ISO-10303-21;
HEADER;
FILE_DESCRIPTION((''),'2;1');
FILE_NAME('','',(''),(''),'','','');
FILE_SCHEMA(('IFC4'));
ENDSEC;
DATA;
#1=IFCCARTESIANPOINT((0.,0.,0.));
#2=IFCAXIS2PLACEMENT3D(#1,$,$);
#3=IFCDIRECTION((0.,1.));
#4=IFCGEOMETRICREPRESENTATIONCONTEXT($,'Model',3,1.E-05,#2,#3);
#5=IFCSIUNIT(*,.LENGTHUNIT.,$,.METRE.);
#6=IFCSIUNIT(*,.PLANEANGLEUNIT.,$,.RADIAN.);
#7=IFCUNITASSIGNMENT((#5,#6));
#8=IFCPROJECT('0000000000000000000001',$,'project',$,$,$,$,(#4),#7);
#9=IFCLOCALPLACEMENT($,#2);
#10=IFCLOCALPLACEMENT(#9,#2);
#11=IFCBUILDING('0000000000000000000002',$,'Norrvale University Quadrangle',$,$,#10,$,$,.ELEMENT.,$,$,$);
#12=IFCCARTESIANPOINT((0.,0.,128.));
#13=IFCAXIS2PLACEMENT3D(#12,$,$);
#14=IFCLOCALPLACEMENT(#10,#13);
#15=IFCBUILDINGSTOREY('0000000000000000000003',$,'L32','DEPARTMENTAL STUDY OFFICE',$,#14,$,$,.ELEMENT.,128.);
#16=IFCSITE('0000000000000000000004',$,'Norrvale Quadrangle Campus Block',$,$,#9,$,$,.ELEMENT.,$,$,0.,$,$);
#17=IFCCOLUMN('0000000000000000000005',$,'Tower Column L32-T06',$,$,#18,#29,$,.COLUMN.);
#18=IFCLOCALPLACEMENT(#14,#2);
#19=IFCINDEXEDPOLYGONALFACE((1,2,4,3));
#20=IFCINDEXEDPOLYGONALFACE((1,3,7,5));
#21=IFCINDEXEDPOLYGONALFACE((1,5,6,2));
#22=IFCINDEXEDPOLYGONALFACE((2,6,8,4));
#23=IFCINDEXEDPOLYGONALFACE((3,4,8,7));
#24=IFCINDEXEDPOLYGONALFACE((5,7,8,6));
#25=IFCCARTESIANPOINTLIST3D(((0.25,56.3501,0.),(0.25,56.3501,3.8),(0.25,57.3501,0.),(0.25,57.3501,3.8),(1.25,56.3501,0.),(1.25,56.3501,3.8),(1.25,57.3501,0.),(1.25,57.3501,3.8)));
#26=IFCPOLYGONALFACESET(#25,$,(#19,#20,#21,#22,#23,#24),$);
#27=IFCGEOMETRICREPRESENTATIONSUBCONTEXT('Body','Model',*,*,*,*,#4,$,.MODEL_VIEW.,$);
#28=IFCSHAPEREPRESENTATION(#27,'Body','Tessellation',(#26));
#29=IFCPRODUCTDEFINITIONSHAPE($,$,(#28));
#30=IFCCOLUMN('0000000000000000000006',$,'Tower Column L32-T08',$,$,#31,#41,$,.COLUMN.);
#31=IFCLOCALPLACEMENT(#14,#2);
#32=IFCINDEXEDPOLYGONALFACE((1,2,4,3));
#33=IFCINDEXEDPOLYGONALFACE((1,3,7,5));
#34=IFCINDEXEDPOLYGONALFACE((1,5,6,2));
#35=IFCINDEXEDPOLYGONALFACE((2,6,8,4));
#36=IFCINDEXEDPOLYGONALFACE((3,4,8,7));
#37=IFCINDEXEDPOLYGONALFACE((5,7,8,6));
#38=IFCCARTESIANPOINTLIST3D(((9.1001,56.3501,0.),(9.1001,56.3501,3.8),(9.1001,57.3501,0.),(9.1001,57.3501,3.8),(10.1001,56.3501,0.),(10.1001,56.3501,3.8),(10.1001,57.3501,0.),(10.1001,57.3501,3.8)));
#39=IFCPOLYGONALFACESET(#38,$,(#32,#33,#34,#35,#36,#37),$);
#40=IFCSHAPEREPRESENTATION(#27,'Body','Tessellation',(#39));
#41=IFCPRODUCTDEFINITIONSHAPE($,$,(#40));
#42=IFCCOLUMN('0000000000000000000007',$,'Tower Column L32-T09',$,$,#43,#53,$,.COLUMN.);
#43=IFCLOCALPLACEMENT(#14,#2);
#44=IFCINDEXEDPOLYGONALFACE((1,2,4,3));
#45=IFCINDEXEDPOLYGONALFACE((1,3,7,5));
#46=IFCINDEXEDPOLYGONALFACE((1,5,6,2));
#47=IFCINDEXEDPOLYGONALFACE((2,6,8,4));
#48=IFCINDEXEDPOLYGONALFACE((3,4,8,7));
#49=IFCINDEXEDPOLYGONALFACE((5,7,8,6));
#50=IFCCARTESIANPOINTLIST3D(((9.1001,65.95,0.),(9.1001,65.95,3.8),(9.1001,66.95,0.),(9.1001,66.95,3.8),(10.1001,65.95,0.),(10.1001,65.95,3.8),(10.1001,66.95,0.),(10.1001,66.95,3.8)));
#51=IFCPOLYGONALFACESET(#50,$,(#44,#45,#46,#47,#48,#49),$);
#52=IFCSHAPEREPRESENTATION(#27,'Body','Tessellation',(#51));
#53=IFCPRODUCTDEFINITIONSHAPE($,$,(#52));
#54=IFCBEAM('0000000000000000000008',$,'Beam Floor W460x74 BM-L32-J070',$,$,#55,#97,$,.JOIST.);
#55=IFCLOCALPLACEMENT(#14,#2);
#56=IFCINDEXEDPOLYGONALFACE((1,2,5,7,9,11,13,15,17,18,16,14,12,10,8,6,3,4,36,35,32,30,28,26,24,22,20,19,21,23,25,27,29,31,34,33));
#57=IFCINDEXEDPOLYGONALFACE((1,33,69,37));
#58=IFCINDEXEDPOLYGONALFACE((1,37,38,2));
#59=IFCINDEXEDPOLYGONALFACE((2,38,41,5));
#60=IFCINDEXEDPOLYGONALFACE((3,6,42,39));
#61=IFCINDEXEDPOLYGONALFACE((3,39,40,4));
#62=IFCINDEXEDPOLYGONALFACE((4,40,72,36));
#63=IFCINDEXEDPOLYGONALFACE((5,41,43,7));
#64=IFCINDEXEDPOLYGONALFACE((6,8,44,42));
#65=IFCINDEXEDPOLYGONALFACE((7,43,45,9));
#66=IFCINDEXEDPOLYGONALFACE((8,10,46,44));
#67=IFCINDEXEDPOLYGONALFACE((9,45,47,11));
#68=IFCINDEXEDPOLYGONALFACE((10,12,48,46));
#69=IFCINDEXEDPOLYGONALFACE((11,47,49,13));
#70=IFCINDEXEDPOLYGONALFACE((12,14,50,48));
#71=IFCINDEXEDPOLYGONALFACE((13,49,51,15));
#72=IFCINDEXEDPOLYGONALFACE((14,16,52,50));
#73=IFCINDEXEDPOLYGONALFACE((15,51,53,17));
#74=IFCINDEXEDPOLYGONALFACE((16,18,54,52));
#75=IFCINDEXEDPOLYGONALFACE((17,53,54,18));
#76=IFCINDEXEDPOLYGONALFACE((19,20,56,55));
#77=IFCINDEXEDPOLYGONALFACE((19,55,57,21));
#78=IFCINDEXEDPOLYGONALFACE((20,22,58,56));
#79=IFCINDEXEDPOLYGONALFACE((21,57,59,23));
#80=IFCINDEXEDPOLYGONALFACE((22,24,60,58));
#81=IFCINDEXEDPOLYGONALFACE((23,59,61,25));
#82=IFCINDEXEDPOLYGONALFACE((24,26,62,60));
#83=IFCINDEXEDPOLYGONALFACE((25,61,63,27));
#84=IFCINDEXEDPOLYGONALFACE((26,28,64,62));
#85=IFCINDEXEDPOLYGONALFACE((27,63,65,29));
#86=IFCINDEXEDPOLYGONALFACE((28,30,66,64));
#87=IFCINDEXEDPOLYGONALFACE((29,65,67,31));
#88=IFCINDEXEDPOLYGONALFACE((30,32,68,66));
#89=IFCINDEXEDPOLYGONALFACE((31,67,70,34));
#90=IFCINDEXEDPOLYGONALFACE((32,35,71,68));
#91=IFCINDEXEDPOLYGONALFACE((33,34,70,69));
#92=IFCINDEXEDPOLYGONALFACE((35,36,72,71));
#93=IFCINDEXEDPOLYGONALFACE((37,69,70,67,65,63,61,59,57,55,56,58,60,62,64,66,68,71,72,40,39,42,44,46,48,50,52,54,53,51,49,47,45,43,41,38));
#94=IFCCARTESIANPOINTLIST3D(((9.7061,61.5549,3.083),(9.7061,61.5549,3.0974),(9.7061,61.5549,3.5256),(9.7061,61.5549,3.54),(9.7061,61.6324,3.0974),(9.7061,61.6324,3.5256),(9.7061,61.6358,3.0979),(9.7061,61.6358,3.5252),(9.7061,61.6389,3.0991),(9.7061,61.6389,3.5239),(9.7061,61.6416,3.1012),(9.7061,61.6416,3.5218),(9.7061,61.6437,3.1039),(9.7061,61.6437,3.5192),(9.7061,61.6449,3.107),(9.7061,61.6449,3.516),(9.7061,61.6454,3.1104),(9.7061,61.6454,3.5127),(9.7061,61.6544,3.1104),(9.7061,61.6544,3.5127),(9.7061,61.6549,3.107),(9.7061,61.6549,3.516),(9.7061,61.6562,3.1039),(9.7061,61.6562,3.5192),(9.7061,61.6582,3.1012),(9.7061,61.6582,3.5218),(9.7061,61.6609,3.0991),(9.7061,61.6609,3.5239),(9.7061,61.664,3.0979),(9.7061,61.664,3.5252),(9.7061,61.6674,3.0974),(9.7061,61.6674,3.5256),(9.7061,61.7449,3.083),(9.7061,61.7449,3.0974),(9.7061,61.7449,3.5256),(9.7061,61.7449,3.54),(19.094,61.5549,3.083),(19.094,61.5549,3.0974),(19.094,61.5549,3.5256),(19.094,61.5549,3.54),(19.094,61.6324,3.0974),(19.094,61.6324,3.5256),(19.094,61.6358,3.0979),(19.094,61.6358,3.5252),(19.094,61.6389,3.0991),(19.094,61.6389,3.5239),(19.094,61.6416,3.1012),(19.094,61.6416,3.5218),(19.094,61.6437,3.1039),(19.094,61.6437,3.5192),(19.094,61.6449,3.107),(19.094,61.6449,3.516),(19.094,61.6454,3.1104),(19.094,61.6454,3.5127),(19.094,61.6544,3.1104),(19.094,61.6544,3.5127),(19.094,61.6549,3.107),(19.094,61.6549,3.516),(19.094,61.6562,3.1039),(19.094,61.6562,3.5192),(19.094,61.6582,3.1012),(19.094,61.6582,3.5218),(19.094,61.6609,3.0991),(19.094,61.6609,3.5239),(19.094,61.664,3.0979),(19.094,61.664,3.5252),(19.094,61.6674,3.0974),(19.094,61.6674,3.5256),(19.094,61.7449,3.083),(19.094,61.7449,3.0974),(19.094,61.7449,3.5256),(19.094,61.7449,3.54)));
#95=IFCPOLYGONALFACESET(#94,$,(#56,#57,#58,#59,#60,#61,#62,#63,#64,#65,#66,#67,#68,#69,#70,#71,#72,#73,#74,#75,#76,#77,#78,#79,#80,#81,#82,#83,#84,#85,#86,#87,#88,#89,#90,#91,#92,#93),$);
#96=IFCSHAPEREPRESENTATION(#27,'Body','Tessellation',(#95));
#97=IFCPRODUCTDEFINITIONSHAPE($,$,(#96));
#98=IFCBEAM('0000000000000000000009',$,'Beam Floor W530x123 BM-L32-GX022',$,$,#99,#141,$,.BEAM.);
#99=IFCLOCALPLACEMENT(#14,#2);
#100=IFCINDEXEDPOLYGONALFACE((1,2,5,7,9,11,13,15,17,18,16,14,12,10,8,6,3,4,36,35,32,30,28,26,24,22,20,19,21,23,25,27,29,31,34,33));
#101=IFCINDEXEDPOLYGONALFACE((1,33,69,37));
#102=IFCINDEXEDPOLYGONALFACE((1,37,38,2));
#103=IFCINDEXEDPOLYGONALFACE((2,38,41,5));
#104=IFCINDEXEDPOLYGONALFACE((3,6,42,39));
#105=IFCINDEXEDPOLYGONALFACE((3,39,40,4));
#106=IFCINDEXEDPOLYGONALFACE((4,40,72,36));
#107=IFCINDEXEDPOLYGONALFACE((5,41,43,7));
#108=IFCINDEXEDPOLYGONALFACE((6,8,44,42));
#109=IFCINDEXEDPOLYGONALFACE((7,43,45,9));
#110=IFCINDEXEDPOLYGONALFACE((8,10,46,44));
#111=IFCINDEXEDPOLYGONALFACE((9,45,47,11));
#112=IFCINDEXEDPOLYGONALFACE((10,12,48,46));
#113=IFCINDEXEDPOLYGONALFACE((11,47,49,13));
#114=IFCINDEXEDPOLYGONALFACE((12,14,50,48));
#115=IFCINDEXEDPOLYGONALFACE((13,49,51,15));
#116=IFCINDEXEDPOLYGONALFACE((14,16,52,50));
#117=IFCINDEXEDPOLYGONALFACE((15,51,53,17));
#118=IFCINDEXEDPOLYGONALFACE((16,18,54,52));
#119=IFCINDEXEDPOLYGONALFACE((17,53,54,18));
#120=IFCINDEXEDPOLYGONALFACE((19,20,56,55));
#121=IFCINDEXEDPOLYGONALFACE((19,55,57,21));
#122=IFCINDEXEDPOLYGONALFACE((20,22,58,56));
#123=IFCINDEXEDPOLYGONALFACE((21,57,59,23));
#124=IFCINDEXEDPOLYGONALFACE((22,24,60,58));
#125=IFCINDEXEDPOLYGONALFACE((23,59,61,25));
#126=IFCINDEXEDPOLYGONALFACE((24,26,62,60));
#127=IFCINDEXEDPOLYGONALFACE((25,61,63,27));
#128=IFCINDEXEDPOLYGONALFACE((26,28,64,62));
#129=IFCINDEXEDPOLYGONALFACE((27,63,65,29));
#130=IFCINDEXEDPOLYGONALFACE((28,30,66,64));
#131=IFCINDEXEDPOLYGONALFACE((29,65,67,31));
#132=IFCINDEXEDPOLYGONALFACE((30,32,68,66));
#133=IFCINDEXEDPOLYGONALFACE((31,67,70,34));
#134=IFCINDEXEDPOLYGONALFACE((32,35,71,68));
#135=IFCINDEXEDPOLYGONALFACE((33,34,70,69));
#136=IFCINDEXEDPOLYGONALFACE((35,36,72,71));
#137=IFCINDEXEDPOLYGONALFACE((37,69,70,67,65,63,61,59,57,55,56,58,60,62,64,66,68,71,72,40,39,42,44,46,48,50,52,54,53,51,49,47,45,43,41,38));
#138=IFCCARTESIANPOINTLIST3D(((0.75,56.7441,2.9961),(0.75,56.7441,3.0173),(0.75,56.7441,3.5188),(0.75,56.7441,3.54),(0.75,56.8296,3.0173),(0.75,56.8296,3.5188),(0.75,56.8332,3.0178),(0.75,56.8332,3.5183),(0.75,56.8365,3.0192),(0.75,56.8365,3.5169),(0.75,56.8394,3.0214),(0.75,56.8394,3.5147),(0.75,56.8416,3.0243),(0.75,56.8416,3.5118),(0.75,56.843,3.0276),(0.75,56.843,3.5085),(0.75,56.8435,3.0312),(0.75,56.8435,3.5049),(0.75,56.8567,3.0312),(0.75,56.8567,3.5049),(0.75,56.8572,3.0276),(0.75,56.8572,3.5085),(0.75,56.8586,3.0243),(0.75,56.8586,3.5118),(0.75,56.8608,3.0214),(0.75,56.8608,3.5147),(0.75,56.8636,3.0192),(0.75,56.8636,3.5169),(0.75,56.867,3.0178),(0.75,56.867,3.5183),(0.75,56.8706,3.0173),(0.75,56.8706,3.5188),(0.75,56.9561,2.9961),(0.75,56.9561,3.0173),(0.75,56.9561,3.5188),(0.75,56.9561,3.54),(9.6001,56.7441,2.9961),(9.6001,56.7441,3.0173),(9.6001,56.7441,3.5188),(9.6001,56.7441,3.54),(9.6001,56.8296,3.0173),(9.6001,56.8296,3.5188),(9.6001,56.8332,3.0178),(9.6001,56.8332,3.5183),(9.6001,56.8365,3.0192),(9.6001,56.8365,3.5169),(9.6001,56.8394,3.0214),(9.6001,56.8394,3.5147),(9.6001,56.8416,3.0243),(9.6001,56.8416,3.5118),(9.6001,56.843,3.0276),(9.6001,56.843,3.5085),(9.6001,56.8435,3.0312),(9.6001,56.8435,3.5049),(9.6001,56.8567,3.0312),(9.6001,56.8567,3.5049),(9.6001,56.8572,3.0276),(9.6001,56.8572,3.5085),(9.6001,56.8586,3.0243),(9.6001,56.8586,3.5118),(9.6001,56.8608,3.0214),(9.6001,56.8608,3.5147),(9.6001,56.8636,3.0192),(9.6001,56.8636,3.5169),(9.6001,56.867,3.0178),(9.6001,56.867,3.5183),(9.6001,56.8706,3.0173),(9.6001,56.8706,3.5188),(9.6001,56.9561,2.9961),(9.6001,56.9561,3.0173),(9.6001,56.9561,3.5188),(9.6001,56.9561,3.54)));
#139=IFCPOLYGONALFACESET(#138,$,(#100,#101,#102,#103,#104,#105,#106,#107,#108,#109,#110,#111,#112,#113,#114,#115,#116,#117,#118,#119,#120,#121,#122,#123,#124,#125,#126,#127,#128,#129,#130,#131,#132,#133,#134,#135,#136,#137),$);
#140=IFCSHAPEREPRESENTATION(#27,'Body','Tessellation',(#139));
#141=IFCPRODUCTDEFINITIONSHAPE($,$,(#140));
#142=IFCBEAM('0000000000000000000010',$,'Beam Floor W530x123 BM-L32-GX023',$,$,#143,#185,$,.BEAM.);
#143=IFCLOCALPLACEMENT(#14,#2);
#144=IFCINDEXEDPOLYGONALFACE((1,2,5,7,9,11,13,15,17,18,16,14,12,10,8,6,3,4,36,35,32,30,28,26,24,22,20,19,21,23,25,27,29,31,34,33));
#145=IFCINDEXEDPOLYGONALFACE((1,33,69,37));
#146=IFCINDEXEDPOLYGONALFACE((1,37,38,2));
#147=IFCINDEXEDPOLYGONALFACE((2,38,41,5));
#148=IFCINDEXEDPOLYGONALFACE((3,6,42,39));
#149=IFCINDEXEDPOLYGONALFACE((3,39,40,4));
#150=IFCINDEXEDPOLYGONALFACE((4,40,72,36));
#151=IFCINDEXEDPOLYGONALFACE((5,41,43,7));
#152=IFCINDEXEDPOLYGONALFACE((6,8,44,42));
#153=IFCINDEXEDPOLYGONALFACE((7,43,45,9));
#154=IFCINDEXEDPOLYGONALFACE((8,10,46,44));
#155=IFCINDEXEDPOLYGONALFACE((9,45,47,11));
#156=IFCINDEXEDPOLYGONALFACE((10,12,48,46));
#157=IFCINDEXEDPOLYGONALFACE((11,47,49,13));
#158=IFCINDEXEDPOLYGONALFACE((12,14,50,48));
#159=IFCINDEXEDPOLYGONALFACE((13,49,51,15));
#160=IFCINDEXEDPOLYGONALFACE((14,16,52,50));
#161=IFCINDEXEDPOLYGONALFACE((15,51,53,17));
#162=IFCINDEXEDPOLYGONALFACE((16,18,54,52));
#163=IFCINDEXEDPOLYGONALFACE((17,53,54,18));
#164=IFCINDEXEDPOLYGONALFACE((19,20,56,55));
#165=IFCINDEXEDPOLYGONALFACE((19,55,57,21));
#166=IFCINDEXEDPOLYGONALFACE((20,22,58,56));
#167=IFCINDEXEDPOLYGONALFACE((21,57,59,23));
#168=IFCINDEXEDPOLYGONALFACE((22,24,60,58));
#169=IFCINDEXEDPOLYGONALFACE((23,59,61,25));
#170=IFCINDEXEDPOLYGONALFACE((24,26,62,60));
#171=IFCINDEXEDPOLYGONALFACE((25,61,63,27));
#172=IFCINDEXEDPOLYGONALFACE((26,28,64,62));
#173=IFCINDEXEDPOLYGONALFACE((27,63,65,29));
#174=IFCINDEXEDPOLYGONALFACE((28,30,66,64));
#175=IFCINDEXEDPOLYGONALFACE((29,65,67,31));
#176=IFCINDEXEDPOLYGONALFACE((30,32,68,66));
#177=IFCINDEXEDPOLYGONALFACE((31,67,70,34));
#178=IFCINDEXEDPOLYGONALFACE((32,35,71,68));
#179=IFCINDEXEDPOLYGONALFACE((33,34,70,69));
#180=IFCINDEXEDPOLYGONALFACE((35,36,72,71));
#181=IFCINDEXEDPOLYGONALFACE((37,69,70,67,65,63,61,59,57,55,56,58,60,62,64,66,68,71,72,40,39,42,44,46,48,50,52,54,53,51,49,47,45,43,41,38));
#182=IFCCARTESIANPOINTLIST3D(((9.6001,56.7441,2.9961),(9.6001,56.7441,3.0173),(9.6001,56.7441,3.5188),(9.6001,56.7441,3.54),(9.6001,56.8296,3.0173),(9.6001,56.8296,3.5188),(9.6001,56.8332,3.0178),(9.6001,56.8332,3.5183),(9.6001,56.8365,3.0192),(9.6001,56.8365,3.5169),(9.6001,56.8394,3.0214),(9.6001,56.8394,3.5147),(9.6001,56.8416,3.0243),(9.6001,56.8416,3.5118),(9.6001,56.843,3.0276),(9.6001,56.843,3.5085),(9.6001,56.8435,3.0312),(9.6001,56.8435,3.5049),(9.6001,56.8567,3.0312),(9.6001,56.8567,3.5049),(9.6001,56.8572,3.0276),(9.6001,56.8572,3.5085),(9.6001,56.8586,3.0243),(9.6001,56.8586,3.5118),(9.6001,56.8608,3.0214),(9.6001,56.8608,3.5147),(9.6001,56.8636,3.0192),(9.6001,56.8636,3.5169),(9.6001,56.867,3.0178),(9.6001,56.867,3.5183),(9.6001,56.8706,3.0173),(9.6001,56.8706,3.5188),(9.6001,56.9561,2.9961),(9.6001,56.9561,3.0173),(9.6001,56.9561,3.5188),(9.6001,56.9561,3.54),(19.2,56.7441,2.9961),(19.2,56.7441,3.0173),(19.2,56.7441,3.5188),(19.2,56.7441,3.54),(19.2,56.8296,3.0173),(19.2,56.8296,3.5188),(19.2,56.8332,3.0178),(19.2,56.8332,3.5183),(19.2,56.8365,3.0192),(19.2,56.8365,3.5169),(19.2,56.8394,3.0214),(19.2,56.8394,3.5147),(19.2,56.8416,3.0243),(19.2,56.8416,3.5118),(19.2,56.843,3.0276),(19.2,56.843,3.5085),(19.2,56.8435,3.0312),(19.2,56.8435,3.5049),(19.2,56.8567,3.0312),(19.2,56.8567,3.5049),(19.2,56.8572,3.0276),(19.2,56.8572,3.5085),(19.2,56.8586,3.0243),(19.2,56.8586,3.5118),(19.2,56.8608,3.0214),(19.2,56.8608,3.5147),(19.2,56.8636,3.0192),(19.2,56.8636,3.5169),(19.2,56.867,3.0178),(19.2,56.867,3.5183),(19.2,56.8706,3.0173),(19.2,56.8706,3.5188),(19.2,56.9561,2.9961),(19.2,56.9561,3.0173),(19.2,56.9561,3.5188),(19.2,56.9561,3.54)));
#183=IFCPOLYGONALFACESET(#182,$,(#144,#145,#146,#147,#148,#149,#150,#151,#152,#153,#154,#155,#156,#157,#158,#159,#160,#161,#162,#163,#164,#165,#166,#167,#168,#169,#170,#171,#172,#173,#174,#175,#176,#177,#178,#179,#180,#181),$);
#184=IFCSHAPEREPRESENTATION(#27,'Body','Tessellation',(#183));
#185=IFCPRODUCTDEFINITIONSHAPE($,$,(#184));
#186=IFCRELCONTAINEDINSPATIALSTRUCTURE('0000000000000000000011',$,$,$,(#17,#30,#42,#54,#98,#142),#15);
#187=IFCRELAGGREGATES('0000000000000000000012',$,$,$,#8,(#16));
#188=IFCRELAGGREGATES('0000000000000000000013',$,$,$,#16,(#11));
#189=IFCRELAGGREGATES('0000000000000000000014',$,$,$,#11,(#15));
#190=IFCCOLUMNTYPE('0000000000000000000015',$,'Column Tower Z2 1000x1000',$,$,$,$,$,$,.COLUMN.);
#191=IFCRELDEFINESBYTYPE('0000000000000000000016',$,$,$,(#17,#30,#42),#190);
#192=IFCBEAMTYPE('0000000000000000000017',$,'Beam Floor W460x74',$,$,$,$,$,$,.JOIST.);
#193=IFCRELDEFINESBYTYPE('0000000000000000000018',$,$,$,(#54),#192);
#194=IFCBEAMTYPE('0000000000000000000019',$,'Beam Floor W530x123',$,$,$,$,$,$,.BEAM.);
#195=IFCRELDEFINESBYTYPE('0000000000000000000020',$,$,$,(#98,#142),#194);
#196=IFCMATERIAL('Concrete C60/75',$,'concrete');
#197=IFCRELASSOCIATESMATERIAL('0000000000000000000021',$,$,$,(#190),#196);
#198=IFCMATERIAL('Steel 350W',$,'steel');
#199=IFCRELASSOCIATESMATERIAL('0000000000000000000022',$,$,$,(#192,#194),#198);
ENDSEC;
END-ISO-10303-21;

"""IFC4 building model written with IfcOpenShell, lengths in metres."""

from ifc_helpers import new_model, si_unit, direction, frame, origin, origin_2d, place, context, subcontext, project, spatial, rectangle, i_section, extrude, material, material_profile, profile_set, type_object, element, save


model = new_model("IFC4")

# Units and contexts
model_context = context("Model", 3, precision=1e-05, world=origin(), true_north=direction((0.0, 1.0)))
body_context = subcontext(model_context, "Body", "Model", "MODEL_VIEW")
ifc_project = project(units=[si_unit("LENGTHUNIT", "METRE"), si_unit("PLANEANGLEUNIT", "RADIAN")], contexts=[model_context])

# Site, building, storey
site_placement = place(None, origin())
site = spatial("IfcSite", under=ifc_project, at=site_placement, Name="Norrvale Quadrangle Campus Block", CompositionType="ELEMENT", RefElevation=0.0)
building_placement = place(site_placement, origin())
building = spatial("IfcBuilding", under=site, at=building_placement, Name="Norrvale University Quadrangle", CompositionType="ELEMENT")
storey_placement = place(building_placement, frame((0.0, 0.0, 128.0)))
storey = spatial("IfcBuildingStorey", under=building, at=storey_placement, Name="L32", Description="DEPARTMENTAL STUDY OFFICE", CompositionType="ELEMENT", Elevation=128.0)

# Columns
ifc_material_1 = material(Name="Concrete C60/75", Category="concrete")
ifc_material_profile_1 = material_profile(ifc_material_1, rectangle(XDim=1.0, YDim=1.0, at=origin_2d()), Name="Concrete C60/75")
ifc_profile_set_1 = profile_set([ifc_material_profile_1], Name="Concrete C60/75")
column_type = type_object("IfcColumnType", Name="Column Tower Z2 1000x1000", PredefinedType="COLUMN", material=ifc_profile_set_1)
for number, where, z_axis, x_axis, name in (
    (1, (0.75, 56.8501, 0.0), (0.0, 0.0, 1.0), (1.0, 0.0, 0.0), "Tower Column L32-T06"),
    (2, (9.6001, 56.8501, 0.0), (0.0, 0.0, 1.0), (1.0, 0.0, 0.0), "Tower Column L32-T08"),
    (3, (9.6001, 66.45, 0.0), (0.0, 0.0, 1.0), (1.0, 0.0, 0.0), "Tower Column L32-T09"),
):
    element("IfcColumn", number, at=place(storey_placement, frame(where, z_axis=z_axis, x_axis=x_axis)), inside=storey, type_object=column_type, Name=name, PredefinedType="COLUMN", context=body_context, shape_type="SweptSolid", body=[
        extrude(rectangle(XDim=1.0, YDim=1.0, at=origin_2d()), origin(), (0.0, 0.0, 1.0), 3.8),
    ])

# Beams
ifc_material_2 = material(Name="Steel 350W", Category="steel")
ifc_material_profile_2 = material_profile(ifc_material_2, i_section(OverallWidth=0.1899, OverallDepth=0.457, WebThickness=0.009, FlangeThickness=0.0144, FilletRadius=0.0129, at=origin_2d()), Name="Steel 350W")
ifc_profile_set_2 = profile_set([ifc_material_profile_2], Name="Steel 350W")
beam_type_1 = type_object("IfcBeamType", Name="Beam Floor W460x74", PredefinedType="JOIST", material=ifc_profile_set_2)
beam_1_placement = place(storey_placement, frame((9.7061, 61.6499, 3.3115), z_axis=(1.0, 0.0, 0.0), x_axis=(0.0, 1.0, 0.0)))
element("IfcBeam", 4, at=beam_1_placement, inside=storey, type_object=beam_type_1, Name="Beam Floor W460x74 BM-L32-J070", PredefinedType="JOIST", context=body_context, shape_type="SweptSolid", body=[
    extrude(i_section(OverallWidth=0.1899, OverallDepth=0.457, WebThickness=0.009, FlangeThickness=0.0144, FilletRadius=0.0129, at=origin_2d()), origin(), (0.0, 0.0, 1.0), 9.3879),
])
ifc_material_profile_3 = material_profile(ifc_material_2, i_section(OverallWidth=0.2119, OverallDepth=0.5439, WebThickness=0.0132, FlangeThickness=0.0212, FilletRadius=0.0139, at=origin_2d()), Name="Steel 350W")
ifc_profile_set_3 = profile_set([ifc_material_profile_3], Name="Steel 350W")
beam_type_2 = type_object("IfcBeamType", Name="Beam Floor W530x123", PredefinedType="BEAM", material=ifc_profile_set_3)
beam_2_placement = place(storey_placement, frame((0.75, 56.8501, 3.2681), z_axis=(1.0, 0.0, 0.0), x_axis=(0.0, 1.0, 0.0)))
element("IfcBeam", 5, at=beam_2_placement, inside=storey, type_object=beam_type_2, Name="Beam Floor W530x123 BM-L32-GX022", PredefinedType="BEAM", context=body_context, shape_type="SweptSolid", body=[
    extrude(i_section(OverallWidth=0.2119, OverallDepth=0.5439, WebThickness=0.0132, FlangeThickness=0.0212, FilletRadius=0.0139, at=origin_2d()), origin(), (0.0, 0.0, 1.0), 8.8501),
])
for number, where, z_axis, x_axis, name in (
    (6, (9.6001, 56.8501, 3.2681), (1.0, 0.0, 0.0), (0.0, 1.0, 0.0), "Beam Floor W530x123 BM-L32-GX023"),
):
    element("IfcBeam", number, at=place(storey_placement, frame(where, z_axis=z_axis, x_axis=x_axis)), inside=storey, type_object=beam_type_2, Name=name, PredefinedType="BEAM", context=body_context, shape_type="SweptSolid", body=[
        extrude(i_section(OverallWidth=0.2119, OverallDepth=0.5439, WebThickness=0.0132, FlangeThickness=0.0212, FilletRadius=0.0139, at=origin_2d()), origin(), (0.0, 0.0, 1.0), 9.5999),
    ])

save(model, "model.ifc")
